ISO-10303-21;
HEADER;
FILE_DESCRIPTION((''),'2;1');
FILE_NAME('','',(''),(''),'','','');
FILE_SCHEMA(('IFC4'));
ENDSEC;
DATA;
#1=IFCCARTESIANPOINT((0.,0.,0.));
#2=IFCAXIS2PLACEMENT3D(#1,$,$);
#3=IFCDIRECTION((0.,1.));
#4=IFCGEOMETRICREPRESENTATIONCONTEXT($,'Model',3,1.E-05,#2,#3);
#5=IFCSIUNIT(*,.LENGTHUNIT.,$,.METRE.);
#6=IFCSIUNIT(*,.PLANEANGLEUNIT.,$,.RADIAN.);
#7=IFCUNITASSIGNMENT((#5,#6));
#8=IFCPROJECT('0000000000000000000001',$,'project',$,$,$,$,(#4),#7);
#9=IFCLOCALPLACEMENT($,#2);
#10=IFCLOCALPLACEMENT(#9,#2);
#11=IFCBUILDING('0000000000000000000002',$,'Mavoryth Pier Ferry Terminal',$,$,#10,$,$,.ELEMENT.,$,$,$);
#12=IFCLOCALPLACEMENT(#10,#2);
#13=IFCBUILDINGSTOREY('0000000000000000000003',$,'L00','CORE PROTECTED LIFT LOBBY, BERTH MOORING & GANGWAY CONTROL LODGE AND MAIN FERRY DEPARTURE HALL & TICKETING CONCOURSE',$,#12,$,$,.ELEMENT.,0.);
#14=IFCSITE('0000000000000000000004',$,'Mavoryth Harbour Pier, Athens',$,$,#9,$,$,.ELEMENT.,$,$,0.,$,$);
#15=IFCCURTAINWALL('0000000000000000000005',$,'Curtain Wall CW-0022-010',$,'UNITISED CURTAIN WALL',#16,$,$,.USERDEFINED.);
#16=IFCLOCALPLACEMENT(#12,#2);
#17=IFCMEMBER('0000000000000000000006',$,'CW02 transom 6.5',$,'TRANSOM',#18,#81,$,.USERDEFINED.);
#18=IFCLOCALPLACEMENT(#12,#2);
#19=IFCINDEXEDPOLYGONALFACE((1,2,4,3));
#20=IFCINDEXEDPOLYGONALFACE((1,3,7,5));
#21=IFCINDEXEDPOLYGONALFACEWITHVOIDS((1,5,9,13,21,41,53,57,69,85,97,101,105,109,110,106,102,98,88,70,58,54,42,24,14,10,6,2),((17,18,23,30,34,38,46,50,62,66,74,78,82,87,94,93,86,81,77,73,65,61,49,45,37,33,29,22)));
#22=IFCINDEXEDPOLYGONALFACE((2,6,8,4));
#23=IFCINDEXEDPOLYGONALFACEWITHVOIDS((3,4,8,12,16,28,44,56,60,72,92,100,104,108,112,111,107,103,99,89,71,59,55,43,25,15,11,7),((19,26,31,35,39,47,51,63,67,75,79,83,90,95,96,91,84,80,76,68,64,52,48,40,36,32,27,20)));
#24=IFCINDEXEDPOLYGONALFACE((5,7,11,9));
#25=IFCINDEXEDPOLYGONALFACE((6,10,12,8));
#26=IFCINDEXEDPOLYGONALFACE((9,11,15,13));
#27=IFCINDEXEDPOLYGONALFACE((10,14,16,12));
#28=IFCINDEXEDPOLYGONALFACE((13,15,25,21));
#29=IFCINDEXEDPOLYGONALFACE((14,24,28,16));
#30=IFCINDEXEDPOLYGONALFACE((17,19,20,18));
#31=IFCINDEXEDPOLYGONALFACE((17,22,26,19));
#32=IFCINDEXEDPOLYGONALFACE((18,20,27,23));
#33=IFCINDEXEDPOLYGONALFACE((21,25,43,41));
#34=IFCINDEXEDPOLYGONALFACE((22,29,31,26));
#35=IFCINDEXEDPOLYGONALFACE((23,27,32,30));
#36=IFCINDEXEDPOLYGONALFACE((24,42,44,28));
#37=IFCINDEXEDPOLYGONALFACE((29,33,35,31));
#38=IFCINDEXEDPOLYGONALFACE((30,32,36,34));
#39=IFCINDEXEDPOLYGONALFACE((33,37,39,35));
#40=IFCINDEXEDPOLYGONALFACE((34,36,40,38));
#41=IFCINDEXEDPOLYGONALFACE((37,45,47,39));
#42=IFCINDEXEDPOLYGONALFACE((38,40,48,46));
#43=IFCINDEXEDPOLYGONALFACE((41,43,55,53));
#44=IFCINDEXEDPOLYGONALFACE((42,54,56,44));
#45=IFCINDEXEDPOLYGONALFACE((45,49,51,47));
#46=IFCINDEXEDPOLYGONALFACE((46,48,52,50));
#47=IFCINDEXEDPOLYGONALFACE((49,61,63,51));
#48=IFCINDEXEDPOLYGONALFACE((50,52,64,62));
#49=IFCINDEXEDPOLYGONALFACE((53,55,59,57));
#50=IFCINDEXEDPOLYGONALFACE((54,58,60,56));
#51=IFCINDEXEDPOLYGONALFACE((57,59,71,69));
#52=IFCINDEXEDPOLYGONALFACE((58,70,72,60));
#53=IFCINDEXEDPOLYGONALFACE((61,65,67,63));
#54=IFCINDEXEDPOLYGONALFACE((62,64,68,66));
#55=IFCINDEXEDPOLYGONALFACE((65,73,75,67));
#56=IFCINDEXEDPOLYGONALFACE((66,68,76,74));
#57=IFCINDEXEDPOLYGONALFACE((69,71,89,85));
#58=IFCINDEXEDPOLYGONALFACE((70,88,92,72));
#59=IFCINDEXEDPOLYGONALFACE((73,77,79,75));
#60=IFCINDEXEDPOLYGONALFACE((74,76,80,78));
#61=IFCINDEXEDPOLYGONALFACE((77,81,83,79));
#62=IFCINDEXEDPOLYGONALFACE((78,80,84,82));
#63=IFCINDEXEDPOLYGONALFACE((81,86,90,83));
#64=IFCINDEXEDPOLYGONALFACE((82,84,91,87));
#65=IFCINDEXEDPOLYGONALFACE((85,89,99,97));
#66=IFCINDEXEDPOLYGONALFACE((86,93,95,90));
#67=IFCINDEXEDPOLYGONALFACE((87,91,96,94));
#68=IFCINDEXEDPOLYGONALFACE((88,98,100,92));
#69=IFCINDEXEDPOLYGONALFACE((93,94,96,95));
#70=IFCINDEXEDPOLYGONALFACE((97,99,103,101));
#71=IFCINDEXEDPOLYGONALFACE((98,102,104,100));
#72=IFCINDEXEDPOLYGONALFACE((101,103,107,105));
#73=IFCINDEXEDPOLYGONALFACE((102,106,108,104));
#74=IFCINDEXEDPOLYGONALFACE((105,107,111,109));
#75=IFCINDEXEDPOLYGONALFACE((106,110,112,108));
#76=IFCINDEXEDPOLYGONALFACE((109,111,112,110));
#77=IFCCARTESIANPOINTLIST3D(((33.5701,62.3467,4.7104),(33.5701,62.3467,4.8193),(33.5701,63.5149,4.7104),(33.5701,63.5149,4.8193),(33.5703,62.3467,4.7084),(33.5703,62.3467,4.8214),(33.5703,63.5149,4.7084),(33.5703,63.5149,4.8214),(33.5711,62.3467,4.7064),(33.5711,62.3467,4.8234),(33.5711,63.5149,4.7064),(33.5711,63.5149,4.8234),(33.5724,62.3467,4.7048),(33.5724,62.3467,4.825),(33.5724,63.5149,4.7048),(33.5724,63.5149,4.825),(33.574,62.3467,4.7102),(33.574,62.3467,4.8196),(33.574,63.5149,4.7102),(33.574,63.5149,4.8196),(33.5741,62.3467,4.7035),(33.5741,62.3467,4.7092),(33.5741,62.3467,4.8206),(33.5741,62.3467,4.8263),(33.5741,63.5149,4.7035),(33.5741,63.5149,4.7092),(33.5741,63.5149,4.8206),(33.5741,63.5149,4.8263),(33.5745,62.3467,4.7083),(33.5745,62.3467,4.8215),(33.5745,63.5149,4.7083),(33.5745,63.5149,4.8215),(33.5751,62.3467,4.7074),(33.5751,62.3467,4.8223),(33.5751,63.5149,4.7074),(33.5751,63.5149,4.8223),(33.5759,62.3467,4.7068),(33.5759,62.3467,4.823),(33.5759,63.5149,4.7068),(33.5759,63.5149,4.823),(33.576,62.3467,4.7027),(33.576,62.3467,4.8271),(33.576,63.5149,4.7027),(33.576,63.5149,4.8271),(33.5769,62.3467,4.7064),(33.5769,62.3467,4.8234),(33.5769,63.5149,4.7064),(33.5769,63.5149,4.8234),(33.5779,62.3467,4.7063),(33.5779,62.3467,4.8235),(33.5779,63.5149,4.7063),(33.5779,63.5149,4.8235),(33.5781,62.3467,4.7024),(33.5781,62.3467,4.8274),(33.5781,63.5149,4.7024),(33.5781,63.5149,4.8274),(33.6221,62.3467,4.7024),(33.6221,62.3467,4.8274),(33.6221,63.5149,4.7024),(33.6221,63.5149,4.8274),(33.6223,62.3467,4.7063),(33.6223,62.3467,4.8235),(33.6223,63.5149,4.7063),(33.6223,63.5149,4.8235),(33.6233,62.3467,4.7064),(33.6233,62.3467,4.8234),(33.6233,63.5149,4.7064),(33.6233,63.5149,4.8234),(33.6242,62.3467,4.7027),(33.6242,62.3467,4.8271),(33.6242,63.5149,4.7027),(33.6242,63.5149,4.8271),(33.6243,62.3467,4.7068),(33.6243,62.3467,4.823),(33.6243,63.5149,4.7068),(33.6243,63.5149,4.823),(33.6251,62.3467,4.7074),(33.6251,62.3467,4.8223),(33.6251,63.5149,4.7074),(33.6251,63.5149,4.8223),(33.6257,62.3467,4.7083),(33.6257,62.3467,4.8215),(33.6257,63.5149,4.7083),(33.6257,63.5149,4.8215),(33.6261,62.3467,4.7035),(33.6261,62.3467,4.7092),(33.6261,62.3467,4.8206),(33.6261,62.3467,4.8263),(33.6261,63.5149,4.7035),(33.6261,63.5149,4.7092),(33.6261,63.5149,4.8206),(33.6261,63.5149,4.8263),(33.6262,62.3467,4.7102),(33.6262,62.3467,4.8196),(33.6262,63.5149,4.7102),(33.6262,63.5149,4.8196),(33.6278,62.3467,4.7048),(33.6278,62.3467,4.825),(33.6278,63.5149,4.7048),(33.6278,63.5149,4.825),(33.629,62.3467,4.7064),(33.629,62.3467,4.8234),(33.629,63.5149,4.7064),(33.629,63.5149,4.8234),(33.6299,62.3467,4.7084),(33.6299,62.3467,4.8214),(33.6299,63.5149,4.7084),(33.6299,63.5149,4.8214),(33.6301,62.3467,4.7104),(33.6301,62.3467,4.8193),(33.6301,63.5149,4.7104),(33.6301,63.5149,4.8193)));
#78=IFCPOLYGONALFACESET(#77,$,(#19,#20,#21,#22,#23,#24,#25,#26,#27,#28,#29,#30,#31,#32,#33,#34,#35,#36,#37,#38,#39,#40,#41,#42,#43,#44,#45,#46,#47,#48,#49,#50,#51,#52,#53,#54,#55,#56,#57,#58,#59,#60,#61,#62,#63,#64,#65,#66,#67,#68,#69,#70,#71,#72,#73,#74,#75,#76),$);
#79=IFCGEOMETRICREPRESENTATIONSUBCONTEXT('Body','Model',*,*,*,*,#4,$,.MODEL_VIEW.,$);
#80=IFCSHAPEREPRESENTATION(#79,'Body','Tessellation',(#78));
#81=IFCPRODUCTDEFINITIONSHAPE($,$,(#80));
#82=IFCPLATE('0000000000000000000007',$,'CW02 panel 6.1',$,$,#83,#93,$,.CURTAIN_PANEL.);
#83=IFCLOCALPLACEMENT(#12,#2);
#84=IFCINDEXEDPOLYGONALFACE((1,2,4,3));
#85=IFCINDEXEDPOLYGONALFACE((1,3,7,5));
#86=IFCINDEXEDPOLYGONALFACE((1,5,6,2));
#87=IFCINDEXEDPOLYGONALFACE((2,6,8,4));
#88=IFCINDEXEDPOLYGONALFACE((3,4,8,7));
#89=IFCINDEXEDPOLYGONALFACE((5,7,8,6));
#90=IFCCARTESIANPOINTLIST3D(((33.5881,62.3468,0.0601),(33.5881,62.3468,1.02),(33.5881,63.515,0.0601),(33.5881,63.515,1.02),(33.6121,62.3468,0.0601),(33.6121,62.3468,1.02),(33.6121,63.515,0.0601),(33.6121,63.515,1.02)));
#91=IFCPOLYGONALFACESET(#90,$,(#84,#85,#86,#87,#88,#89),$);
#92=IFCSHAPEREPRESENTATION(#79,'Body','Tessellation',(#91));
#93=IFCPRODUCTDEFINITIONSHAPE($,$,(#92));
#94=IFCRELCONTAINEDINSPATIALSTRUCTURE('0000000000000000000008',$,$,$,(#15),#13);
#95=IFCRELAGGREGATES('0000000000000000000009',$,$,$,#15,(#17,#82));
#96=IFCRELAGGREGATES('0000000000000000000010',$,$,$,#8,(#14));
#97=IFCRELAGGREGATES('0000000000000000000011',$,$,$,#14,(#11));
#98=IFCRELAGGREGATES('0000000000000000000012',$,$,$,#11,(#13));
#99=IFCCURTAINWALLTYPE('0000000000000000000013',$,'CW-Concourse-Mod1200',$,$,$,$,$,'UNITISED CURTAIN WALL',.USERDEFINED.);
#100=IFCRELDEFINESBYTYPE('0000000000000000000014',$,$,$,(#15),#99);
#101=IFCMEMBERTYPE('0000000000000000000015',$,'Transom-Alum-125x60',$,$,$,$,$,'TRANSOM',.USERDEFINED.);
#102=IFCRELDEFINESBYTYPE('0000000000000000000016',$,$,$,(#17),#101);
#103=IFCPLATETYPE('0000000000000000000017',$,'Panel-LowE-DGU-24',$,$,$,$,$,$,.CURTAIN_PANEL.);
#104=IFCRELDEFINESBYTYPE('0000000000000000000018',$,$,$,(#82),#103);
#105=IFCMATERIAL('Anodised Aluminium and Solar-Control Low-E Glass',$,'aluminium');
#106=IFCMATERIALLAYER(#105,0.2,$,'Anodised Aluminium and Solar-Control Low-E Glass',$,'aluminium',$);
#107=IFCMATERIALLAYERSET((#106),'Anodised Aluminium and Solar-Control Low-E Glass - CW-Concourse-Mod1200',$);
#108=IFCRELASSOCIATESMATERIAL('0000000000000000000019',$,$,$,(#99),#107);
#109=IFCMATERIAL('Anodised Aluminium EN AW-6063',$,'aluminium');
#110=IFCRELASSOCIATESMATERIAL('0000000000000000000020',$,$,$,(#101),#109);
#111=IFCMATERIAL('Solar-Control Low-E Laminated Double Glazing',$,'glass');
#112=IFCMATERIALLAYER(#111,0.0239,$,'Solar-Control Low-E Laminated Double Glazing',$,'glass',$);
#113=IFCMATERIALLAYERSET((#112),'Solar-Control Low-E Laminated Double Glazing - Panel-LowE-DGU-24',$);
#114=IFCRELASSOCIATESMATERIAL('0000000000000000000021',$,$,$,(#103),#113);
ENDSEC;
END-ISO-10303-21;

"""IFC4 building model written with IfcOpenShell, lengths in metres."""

from ifc_helpers import new_model, si_unit, direction, frame, origin, origin_2d, place, context, subcontext, project, spatial, rectangle, hollow_rectangle, extrude, material, layer, layer_set, material_profile, profile_set, type_object, element, aggregate, save


model = new_model("IFC4")

# Units and contexts
model_context = context("Model", 3, precision=1e-05, world=origin(), true_north=direction((0.0, 1.0)))
body_context = subcontext(model_context, "Body", "Model", "MODEL_VIEW")
ifc_project = project(units=[si_unit("LENGTHUNIT", "METRE"), si_unit("PLANEANGLEUNIT", "RADIAN")], contexts=[model_context])

# Site, building, storey
site_placement = place(None, origin())
site = spatial("IfcSite", under=ifc_project, at=site_placement, Name="Mavoryth Harbour Pier, Athens", CompositionType="ELEMENT", RefElevation=0.0)
building_placement = place(site_placement, origin())
building = spatial("IfcBuilding", under=site, at=building_placement, Name="Mavoryth Pier Ferry Terminal", CompositionType="ELEMENT")
storey_placement = place(building_placement, origin())
storey = spatial("IfcBuildingStorey", under=building, at=storey_placement, Name="L00", Description="CORE PROTECTED LIFT LOBBY, BERTH MOORING & GANGWAY CONTROL LODGE AND MAIN FERRY DEPARTURE HALL & TICKETING CONCOURSE", CompositionType="ELEMENT", Elevation=0.0)

# Curtain wall, member, plate
ifc_material_1 = material(Name="Anodised Aluminium and Solar-Control Low-E Glass", Category="aluminium")
ifc_layer_1 = layer(ifc_material_1, 0.2, Name="Anodised Aluminium and Solar-Control Low-E Glass", Category="aluminium")
ifc_layer_set_1 = layer_set([ifc_layer_1], Name="Anodised Aluminium and Solar-Control Low-E Glass - CW-Concourse-Mod1200")
curtain_wall_type = type_object("IfcCurtainWallType", Name="CW-Concourse-Mod1200", ElementType="UNITISED CURTAIN WALL", PredefinedType="USERDEFINED", material=ifc_layer_set_1)
curtain_wall_placement = place(storey_placement, origin())
curtain_wall = element("IfcCurtainWall", 1, at=curtain_wall_placement, inside=storey, type_object=curtain_wall_type, Name="Curtain Wall CW-0022-010", ObjectType="UNITISED CURTAIN WALL", PredefinedType="USERDEFINED")
ifc_material_2 = material(Name="Anodised Aluminium EN AW-6063", Category="aluminium")
ifc_material_profile_1 = material_profile(ifc_material_2, hollow_rectangle(XDim=0.0601, YDim=0.125, WallThickness=0.0039, InnerFilletRadius=0.0039, OuterFilletRadius=0.0081, at=origin_2d()), Name="AL-TRAN 125x60x4", Category="aluminium")
ifc_profile_set_1 = profile_set([ifc_material_profile_1], Name="Anodised Aluminium EN AW-6063 - AL-TRAN 125x60x4")
member_type_1 = type_object("IfcMemberType", Name="Transom-Alum-125x60", ElementType="TRANSOM", PredefinedType="USERDEFINED", material=ifc_profile_set_1)
member_1_placement = place(storey_placement, frame((33.6001, 62.3467, 4.7649), z_axis=(0.0, 1.0, 0.0), x_axis=(-1.0, 0.0, 0.0)))
member_1 = element("IfcMember", 2, at=member_1_placement, type_object=member_type_1, Name="CW02 transom 6.5", ObjectType="TRANSOM", PredefinedType="USERDEFINED", context=body_context, shape_type="SweptSolid", body=[
    extrude(hollow_rectangle(XDim=0.0601, YDim=0.125, WallThickness=0.0039, InnerFilletRadius=0.0039, OuterFilletRadius=0.0081, at=origin_2d()), origin(), (0.0, 0.0, 1.0), 1.1682),
])
ifc_material_3 = material(Name="Solar-Control Low-E Laminated Double Glazing", Category="glass")
ifc_layer_2 = layer(ifc_material_3, 0.0239, Name="Solar-Control Low-E Laminated Double Glazing", Category="glass")
ifc_layer_set_2 = layer_set([ifc_layer_2], Name="Solar-Control Low-E Laminated Double Glazing - Panel-LowE-DGU-24")
plate_type = type_object("IfcPlateType", Name="Panel-LowE-DGU-24", PredefinedType="CURTAIN_PANEL", material=ifc_layer_set_2)
plate_placement = place(storey_placement, frame((33.6001, 62.9309, 0.0601), z_axis=(0.0, 0.0, 1.0), x_axis=(0.0, 1.0, 0.0)))
plate = element("IfcPlate", 3, at=plate_placement, type_object=plate_type, Name="CW02 panel 6.1", PredefinedType="CURTAIN_PANEL", context=body_context, shape_type="SweptSolid", body=[
    extrude(rectangle(XDim=1.1682, YDim=0.0239, at=origin_2d()), origin(), (0.0, 0.0, 1.0), 0.96),
])
aggregate(curtain_wall, [member_1, plate])

save(model, "model.ifc")
